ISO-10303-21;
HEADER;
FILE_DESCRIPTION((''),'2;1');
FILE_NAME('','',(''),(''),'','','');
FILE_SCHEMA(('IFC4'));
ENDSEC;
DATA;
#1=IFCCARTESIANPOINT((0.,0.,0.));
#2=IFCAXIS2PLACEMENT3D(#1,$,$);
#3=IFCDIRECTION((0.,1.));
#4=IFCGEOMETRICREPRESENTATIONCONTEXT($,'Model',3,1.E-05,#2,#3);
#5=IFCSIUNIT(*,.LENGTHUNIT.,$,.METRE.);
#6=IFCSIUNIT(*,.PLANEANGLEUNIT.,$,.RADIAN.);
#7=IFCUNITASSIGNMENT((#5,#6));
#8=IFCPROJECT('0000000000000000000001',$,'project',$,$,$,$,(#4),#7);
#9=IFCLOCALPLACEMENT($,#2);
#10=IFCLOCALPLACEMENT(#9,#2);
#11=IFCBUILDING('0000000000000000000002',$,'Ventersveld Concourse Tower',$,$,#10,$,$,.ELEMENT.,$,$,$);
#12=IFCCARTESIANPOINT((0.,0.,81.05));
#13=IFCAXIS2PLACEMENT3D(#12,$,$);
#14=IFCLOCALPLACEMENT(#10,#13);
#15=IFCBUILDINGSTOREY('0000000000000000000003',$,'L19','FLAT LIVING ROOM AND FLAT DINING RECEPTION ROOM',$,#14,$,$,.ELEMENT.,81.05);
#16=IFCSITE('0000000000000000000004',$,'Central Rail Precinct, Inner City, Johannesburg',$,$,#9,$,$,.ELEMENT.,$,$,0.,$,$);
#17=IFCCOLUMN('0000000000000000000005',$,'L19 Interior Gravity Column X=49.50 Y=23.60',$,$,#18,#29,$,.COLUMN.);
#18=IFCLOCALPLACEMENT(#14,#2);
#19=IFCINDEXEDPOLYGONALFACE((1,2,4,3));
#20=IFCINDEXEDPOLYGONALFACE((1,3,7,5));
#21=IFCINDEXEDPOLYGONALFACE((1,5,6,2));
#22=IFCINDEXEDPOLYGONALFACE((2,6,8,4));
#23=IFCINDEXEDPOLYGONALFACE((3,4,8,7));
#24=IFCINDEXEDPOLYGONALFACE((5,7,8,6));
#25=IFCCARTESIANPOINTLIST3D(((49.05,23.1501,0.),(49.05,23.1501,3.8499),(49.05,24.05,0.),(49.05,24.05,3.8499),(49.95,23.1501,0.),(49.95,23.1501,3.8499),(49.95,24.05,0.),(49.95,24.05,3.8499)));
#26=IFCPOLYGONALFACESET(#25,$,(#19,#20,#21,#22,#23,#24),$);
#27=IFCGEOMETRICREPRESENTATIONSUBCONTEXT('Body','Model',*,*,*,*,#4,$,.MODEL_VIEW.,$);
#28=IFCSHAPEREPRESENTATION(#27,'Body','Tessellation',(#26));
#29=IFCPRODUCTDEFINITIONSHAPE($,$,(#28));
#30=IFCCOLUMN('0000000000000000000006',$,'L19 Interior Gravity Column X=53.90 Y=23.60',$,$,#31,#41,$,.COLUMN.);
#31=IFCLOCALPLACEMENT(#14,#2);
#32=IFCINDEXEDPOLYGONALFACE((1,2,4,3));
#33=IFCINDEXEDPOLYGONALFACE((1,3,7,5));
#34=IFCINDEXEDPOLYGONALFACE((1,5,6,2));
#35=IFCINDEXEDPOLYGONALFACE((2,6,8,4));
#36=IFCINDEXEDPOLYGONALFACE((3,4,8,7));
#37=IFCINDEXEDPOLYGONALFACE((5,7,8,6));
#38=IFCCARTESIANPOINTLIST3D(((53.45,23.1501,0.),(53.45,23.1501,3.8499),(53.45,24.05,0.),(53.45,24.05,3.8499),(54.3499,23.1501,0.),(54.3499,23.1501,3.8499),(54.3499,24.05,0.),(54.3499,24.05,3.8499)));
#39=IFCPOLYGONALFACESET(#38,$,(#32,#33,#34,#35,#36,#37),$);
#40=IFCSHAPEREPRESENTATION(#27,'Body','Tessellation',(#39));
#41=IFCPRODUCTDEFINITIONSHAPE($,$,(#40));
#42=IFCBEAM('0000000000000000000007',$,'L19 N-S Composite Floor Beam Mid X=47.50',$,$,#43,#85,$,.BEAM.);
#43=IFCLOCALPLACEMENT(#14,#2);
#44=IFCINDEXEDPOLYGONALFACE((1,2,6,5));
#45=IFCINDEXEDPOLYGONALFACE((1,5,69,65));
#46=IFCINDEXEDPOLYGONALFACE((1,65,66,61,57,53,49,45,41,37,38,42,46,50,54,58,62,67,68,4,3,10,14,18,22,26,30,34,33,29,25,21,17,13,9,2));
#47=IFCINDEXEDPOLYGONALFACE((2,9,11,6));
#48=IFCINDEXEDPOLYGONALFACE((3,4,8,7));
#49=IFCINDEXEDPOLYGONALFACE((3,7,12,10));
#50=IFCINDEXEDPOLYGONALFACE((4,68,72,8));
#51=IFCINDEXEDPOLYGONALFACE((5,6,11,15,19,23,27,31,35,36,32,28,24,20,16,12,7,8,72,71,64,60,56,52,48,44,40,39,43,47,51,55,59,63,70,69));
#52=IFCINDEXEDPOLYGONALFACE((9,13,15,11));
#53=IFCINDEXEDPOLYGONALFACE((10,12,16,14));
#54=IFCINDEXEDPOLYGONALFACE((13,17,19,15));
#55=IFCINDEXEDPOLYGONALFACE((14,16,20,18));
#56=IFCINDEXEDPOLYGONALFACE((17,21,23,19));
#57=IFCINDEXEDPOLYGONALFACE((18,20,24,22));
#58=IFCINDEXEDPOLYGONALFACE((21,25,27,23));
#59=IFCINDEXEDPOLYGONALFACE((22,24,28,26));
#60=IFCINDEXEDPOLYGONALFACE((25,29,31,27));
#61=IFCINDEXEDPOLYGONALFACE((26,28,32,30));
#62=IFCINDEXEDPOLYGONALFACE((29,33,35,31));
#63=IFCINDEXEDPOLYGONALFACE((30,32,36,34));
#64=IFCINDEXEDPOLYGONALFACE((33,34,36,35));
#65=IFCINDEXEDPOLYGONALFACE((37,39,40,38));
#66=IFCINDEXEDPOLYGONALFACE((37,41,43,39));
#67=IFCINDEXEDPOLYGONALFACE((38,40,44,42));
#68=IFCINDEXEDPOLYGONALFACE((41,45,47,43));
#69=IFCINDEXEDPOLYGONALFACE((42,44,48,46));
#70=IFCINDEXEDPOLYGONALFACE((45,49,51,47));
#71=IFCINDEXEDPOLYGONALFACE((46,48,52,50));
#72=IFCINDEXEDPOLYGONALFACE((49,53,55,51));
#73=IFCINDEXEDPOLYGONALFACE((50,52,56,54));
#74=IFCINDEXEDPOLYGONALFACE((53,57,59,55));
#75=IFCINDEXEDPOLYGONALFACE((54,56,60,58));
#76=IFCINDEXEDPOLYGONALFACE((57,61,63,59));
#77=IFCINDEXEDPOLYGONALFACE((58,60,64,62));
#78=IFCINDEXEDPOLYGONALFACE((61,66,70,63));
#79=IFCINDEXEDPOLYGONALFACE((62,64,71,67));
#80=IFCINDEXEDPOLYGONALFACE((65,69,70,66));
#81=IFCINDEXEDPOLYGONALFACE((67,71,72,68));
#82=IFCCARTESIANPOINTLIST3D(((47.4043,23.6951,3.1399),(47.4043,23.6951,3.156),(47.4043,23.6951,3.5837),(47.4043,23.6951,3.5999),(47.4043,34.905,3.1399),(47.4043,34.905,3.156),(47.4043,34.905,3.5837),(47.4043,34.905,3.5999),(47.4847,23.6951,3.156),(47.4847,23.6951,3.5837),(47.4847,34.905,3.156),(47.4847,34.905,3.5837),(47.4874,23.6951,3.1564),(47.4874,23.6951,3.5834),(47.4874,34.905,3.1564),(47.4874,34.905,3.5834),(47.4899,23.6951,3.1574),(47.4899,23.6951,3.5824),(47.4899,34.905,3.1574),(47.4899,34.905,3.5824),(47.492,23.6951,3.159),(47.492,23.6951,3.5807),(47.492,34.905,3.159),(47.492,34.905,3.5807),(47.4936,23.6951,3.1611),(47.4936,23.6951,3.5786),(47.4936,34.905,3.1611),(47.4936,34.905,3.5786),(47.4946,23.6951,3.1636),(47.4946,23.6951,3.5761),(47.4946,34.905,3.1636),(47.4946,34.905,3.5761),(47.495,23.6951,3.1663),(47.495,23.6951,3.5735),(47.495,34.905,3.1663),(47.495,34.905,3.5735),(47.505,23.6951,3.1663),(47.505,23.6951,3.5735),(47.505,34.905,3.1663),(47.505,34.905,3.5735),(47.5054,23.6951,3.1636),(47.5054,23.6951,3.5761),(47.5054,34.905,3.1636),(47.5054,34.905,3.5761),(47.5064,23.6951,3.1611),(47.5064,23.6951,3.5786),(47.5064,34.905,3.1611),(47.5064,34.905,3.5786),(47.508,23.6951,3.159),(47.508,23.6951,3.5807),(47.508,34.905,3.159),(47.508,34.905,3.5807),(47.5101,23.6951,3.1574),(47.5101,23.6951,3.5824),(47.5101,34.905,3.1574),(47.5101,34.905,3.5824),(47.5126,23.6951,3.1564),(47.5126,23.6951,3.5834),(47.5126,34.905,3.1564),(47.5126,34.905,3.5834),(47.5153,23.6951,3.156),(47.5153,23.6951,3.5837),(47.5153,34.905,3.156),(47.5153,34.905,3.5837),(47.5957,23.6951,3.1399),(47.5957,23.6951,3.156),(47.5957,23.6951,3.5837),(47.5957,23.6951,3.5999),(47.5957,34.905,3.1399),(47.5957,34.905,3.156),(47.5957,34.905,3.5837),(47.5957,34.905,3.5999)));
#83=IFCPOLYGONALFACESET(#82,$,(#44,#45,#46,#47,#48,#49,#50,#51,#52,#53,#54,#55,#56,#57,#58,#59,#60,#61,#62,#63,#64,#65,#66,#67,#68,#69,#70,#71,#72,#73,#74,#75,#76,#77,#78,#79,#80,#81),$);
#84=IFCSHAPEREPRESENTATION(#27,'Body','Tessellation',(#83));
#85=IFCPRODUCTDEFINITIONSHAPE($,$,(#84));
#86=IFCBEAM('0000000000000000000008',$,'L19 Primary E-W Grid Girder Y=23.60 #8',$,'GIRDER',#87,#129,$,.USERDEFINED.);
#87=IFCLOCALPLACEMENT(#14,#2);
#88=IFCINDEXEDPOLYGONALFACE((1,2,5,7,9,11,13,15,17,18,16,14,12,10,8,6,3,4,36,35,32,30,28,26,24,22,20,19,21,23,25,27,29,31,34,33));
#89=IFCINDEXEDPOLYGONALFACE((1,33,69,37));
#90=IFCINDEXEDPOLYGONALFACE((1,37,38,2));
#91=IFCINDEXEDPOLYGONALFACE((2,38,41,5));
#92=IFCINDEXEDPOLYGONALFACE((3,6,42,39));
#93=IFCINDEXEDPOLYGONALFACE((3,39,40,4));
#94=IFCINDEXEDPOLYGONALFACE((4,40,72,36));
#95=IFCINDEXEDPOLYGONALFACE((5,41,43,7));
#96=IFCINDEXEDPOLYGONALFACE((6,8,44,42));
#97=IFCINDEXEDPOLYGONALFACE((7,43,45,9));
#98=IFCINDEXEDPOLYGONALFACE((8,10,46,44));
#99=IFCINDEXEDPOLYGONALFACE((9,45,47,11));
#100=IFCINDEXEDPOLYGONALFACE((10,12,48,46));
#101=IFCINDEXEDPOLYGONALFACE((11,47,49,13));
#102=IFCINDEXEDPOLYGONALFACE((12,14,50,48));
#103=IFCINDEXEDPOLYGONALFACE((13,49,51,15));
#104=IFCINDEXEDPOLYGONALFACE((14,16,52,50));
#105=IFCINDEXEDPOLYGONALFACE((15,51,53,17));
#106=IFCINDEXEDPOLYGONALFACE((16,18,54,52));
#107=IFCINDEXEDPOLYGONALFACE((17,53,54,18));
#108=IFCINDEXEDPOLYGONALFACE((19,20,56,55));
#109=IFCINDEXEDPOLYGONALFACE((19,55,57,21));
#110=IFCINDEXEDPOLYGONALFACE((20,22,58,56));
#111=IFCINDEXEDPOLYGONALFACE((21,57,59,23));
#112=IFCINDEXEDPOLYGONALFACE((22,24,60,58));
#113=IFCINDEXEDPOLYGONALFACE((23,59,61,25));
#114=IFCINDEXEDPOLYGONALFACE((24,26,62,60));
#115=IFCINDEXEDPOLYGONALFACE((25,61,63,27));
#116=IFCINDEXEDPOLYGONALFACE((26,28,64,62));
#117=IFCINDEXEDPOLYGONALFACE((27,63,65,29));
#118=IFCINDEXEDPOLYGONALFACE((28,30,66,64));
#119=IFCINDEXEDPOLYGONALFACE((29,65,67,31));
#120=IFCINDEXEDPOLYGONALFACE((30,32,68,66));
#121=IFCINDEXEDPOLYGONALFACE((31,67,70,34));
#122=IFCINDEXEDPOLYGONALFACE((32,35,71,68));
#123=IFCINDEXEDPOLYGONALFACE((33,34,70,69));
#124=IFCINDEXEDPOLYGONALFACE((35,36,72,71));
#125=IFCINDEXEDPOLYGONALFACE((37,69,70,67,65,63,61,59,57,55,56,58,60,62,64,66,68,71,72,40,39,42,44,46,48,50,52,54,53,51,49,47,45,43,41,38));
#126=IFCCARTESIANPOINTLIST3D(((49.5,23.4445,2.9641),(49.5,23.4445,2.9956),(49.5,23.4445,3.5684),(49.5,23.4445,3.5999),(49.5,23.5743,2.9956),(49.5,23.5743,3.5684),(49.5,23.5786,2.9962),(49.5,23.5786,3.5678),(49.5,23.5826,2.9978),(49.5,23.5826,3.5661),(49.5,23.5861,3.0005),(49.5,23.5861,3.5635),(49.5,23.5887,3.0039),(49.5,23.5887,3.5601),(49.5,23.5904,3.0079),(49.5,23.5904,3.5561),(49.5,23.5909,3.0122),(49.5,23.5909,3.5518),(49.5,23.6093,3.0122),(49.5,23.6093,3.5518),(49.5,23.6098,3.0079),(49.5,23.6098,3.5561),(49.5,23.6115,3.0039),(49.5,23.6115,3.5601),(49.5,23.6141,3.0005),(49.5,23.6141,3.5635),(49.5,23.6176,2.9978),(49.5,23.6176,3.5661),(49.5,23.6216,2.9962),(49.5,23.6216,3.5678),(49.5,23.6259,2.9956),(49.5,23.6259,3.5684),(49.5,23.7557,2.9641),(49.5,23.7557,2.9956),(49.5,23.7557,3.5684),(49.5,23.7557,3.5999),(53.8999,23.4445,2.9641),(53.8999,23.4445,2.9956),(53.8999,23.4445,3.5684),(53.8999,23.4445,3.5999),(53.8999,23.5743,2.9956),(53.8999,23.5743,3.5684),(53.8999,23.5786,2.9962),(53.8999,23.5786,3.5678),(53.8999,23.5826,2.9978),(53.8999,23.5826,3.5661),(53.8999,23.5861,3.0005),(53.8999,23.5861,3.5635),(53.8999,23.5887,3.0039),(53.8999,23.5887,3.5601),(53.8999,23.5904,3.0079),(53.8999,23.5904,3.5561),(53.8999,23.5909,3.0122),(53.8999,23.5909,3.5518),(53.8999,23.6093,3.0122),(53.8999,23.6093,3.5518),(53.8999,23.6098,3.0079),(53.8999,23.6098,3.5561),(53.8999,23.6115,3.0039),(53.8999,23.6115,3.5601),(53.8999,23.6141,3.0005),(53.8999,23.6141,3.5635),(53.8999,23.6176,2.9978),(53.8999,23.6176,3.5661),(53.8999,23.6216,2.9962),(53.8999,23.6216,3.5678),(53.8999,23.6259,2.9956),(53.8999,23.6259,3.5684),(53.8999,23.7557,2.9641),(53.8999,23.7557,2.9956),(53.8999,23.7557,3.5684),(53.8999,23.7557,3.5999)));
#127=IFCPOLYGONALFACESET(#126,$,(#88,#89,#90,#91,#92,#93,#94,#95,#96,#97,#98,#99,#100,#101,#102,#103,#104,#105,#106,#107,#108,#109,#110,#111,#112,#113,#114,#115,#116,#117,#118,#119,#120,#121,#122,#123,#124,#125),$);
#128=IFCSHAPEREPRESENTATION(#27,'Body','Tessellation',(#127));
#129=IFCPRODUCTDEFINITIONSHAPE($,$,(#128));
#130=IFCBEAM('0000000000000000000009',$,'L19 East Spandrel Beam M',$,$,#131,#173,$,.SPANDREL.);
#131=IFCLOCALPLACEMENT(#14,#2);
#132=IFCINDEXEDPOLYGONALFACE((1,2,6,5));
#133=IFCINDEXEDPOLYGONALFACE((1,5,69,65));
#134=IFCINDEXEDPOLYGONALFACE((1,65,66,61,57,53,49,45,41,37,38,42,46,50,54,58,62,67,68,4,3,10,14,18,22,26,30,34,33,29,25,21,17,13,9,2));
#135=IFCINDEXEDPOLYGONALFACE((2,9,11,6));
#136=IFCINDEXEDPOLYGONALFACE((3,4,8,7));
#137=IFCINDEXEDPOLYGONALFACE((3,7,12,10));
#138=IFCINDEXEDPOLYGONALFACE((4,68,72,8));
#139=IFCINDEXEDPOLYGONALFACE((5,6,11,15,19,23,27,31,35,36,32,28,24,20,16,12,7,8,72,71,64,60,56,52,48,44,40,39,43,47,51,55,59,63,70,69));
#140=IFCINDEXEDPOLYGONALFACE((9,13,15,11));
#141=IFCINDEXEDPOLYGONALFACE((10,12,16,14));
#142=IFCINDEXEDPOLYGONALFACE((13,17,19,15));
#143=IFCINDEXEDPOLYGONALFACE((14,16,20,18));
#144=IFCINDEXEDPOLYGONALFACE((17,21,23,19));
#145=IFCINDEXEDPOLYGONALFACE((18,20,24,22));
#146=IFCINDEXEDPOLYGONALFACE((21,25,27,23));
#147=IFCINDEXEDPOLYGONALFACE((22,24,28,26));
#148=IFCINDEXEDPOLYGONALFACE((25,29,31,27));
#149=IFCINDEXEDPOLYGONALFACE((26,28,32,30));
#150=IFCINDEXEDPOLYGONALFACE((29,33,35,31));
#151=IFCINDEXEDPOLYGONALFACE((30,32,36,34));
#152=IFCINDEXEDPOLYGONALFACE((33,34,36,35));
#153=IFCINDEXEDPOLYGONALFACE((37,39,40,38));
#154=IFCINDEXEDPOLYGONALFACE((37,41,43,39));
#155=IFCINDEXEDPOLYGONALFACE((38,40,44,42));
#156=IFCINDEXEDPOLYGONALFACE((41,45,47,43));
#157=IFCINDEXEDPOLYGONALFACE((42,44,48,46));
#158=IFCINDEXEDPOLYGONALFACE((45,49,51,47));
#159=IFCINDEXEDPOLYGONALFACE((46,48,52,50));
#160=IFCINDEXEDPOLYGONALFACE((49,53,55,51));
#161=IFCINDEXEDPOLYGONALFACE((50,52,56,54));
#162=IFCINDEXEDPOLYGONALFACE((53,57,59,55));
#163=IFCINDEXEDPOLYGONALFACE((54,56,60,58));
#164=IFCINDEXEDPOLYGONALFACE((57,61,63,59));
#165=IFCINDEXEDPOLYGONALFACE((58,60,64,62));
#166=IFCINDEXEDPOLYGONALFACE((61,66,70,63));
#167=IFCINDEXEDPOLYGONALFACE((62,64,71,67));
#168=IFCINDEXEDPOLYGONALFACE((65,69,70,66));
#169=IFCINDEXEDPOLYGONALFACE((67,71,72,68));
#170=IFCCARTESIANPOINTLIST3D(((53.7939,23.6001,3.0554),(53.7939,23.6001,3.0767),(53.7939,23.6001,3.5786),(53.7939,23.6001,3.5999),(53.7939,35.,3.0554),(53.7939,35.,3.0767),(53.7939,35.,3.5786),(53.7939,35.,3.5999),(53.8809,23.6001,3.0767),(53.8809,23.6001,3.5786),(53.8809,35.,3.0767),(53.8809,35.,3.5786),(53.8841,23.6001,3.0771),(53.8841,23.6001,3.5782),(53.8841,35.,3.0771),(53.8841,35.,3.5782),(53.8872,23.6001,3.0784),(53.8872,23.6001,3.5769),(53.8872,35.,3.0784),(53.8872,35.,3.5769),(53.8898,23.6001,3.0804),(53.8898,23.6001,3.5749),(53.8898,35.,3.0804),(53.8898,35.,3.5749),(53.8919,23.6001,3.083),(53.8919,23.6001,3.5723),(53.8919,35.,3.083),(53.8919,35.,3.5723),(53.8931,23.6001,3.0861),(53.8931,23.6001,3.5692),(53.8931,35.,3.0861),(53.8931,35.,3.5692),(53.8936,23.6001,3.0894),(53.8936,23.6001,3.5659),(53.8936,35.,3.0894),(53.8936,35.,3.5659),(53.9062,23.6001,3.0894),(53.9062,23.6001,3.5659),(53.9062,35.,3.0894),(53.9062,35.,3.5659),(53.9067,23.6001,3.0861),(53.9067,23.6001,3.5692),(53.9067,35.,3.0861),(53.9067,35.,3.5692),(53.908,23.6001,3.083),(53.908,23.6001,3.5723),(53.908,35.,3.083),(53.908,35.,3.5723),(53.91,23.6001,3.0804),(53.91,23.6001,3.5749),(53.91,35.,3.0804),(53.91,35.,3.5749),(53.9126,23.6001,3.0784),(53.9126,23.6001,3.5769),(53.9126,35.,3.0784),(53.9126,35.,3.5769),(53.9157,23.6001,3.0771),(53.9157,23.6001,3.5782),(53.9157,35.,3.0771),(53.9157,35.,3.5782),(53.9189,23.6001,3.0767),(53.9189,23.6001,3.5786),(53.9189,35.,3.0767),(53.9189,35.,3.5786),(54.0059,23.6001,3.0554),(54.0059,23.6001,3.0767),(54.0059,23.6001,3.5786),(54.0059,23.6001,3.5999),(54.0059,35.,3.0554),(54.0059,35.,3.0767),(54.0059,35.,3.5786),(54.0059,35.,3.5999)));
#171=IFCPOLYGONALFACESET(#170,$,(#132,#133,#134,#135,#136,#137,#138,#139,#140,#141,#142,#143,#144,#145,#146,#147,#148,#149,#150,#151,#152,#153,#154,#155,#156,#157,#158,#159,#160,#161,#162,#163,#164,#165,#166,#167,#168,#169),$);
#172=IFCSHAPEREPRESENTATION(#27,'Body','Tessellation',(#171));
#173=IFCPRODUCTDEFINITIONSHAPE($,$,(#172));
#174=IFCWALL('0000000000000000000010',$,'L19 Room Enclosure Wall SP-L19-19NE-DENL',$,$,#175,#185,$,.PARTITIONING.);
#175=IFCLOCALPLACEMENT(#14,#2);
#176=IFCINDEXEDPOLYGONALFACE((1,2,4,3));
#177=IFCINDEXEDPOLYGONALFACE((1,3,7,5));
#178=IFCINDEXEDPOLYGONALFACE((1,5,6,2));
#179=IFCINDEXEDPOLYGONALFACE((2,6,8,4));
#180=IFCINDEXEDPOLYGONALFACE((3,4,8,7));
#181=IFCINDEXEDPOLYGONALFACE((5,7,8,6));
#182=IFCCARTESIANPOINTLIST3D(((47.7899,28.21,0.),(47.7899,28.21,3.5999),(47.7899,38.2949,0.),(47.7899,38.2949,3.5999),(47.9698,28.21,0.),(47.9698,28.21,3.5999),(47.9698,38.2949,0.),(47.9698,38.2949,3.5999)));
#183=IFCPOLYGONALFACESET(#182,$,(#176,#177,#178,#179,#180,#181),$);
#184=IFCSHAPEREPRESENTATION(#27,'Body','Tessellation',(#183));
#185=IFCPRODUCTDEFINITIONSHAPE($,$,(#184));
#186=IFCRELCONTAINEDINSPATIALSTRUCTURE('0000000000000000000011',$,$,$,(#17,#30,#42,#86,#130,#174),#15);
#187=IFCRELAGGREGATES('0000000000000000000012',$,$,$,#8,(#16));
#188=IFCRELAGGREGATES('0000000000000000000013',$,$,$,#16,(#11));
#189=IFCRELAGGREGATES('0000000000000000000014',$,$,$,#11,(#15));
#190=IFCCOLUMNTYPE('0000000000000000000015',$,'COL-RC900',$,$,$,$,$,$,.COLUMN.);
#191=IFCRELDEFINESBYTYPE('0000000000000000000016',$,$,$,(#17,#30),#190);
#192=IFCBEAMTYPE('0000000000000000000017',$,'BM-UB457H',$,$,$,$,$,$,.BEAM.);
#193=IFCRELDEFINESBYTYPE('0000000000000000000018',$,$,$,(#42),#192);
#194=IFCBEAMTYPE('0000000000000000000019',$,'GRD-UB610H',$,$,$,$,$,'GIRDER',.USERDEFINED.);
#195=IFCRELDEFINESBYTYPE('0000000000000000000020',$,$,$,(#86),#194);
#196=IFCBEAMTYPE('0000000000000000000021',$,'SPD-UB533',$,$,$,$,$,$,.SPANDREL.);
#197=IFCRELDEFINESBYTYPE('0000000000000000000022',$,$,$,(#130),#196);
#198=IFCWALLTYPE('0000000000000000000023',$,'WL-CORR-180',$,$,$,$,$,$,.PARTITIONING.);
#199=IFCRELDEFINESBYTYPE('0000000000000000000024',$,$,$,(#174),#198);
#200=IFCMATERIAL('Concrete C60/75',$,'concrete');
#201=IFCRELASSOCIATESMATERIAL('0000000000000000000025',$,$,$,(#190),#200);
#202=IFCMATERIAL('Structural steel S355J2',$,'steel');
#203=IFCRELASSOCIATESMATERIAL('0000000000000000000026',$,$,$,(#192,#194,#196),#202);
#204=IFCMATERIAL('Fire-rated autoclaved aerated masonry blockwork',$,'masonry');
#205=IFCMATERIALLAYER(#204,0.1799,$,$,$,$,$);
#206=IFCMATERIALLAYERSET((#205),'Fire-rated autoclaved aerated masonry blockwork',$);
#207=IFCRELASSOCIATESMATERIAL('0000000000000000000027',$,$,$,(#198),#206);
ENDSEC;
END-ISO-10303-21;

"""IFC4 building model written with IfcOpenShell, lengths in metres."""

from ifc_helpers import new_model, si_unit, direction, frame, frame_2d, origin, origin_2d, place, context, subcontext, project, spatial, rectangle, i_section, extrude, material, layer, layer_set, material_profile, profile_set, type_object, element, save


model = new_model("IFC4")

# Units and contexts
model_context = context("Model", 3, precision=1e-05, world=origin(), true_north=direction((0.0, 1.0)))
body_context = subcontext(model_context, "Body", "Model", "MODEL_VIEW")
ifc_project = project(units=[si_unit("LENGTHUNIT", "METRE"), si_unit("PLANEANGLEUNIT", "RADIAN")], contexts=[model_context])

# Site, building, storey
site_placement = place(None, origin())
site = spatial("IfcSite", under=ifc_project, at=site_placement, Name="Central Rail Precinct, Inner City, Johannesburg", CompositionType="ELEMENT", RefElevation=0.0)
building_placement = place(site_placement, origin())
building = spatial("IfcBuilding", under=site, at=building_placement, Name="Ventersveld Concourse Tower", CompositionType="ELEMENT")
storey_placement = place(building_placement, frame((0.0, 0.0, 81.05)))
storey = spatial("IfcBuildingStorey", under=building, at=storey_placement, Name="L19", Description="FLAT LIVING ROOM AND FLAT DINING RECEPTION ROOM", CompositionType="ELEMENT", Elevation=81.05)

# Columns
ifc_material_1 = material(Name="Concrete C60/75", Category="concrete")
ifc_material_profile_1 = material_profile(ifc_material_1, rectangle(XDim=0.8999, YDim=0.8999, at=origin_2d()), Name="RC 900x900")
ifc_profile_set_1 = profile_set([ifc_material_profile_1], Name="Concrete C60/75")
column_type = type_object("IfcColumnType", Name="COL-RC900", PredefinedType="COLUMN", material=ifc_profile_set_1)
for number, where, z_axis, x_axis, name in (
    (1, (49.5, 23.6001, 0.0), (0.0, 0.0, 1.0), (1.0, 0.0, 0.0), "L19 Interior Gravity Column X=49.50 Y=23.60"),
    (2, (53.8999, 23.6001, 0.0), (0.0, 0.0, 1.0), (1.0, 0.0, 0.0), "L19 Interior Gravity Column X=53.90 Y=23.60"),
):
    element("IfcColumn", number, at=place(storey_placement, frame(where, z_axis=z_axis, x_axis=x_axis)), inside=storey, type_object=column_type, Name=name, PredefinedType="COLUMN", context=body_context, shape_type="SweptSolid", body=[
        extrude(rectangle(XDim=0.8999, YDim=0.8999, at=origin_2d()), origin(), (0.0, 0.0, 1.0), 3.8499),
    ])

# Beams
ifc_material_2 = material(Name="Structural steel S355J2", Category="steel")
ifc_material_profile_2 = material_profile(ifc_material_2, i_section(OverallWidth=0.1914, OverallDepth=0.46, WebThickness=0.01, FlangeThickness=0.0161, FilletRadius=0.0103, at=origin_2d()), Name="UB 457x191x82")
ifc_profile_set_2 = profile_set([ifc_material_profile_2], Name="Structural steel S355J2")
beam_type_1 = type_object("IfcBeamType", Name="BM-UB457H", PredefinedType="BEAM", material=ifc_profile_set_2)
beam_1_placement = place(storey_placement, frame((47.5, 23.6951, 3.3699), z_axis=(0.0, 1.0, 0.0), x_axis=(-1.0, 0.0, 0.0)))
element("IfcBeam", 3, at=beam_1_placement, inside=storey, type_object=beam_type_1, Name="L19 N-S Composite Floor Beam Mid X=47.50", PredefinedType="BEAM", context=body_context, shape_type="SweptSolid", body=[
    extrude(i_section(OverallWidth=0.1914, OverallDepth=0.46, WebThickness=0.01, FlangeThickness=0.0161, FilletRadius=0.0103, at=origin_2d()), origin(), (0.0, 0.0, 1.0), 11.21),
])
ifc_material_profile_3 = material_profile(ifc_material_2, i_section(OverallWidth=0.3113, OverallDepth=0.6357, WebThickness=0.0183, FlangeThickness=0.0315, FilletRadius=0.0166, at=origin_2d()), Name="UB 610x305x238")
ifc_profile_set_3 = profile_set([ifc_material_profile_3], Name="Structural steel S355J2")
beam_type_2 = type_object("IfcBeamType", Name="GRD-UB610H", ElementType="GIRDER", PredefinedType="USERDEFINED", material=ifc_profile_set_3)
beam_2_placement = place(storey_placement, frame((49.5, 23.6001, 3.282), z_axis=(1.0, 0.0, 0.0), x_axis=(0.0, 1.0, 0.0)))
element("IfcBeam", 4, at=beam_2_placement, inside=storey, type_object=beam_type_2, Name="L19 Primary E-W Grid Girder Y=23.60 #8", ObjectType="GIRDER", PredefinedType="USERDEFINED", context=body_context, shape_type="SweptSolid", body=[
    extrude(i_section(OverallWidth=0.3113, OverallDepth=0.6357, WebThickness=0.0183, FlangeThickness=0.0315, FilletRadius=0.0166, at=origin_2d()), origin(), (0.0, 0.0, 1.0), 4.3999),
])
ifc_material_profile_4 = material_profile(ifc_material_2, i_section(OverallWidth=0.2119, OverallDepth=0.5444, WebThickness=0.0127, FlangeThickness=0.0212, FilletRadius=0.0127, at=origin_2d()), Name="UB 533x210x122")
ifc_profile_set_4 = profile_set([ifc_material_profile_4], Name="Structural steel S355J2")
beam_type_3 = type_object("IfcBeamType", Name="SPD-UB533", PredefinedType="SPANDREL", material=ifc_profile_set_4)
beam_3_placement = place(storey_placement, frame((53.8999, 23.6001, 3.3276), z_axis=(0.0, 1.0, 0.0), x_axis=(-1.0, 0.0, 0.0)))
element("IfcBeam", 5, at=beam_3_placement, inside=storey, type_object=beam_type_3, Name="L19 East Spandrel Beam M", PredefinedType="SPANDREL", context=body_context, shape_type="SweptSolid", body=[
    extrude(i_section(OverallWidth=0.2119, OverallDepth=0.5444, WebThickness=0.0127, FlangeThickness=0.0212, FilletRadius=0.0127, at=origin_2d()), origin(), (0.0, 0.0, 1.0), 11.3999),
])

# Wall
ifc_material_3 = material(Name="Fire-rated autoclaved aerated masonry blockwork", Category="masonry")
ifc_layer_1 = layer(ifc_material_3, 0.1799)
ifc_layer_set_1 = layer_set([ifc_layer_1], Name="Fire-rated autoclaved aerated masonry blockwork")
wall_type_1 = type_object("IfcWallType", Name="WL-CORR-180", PredefinedType="PARTITIONING", material=ifc_layer_set_1)
wall_1_placement = place(storey_placement, frame((47.8799, 28.21, 0.0), z_axis=(0.0, 0.0, 1.0), x_axis=(0.0, 1.0, 0.0)))
element("IfcWall", 6, at=wall_1_placement, inside=storey, type_object=wall_type_1, Name="L19 Room Enclosure Wall SP-L19-19NE-DENL", PredefinedType="PARTITIONING", context=body_context, shape_type="SweptSolid", body=[
    extrude(rectangle(XDim=10.085, YDim=0.1799, at=frame_2d((5.0425, 0.0))), origin(), (0.0, 0.0, 1.0), 3.5999),
])

save(model, "model.ifc")
